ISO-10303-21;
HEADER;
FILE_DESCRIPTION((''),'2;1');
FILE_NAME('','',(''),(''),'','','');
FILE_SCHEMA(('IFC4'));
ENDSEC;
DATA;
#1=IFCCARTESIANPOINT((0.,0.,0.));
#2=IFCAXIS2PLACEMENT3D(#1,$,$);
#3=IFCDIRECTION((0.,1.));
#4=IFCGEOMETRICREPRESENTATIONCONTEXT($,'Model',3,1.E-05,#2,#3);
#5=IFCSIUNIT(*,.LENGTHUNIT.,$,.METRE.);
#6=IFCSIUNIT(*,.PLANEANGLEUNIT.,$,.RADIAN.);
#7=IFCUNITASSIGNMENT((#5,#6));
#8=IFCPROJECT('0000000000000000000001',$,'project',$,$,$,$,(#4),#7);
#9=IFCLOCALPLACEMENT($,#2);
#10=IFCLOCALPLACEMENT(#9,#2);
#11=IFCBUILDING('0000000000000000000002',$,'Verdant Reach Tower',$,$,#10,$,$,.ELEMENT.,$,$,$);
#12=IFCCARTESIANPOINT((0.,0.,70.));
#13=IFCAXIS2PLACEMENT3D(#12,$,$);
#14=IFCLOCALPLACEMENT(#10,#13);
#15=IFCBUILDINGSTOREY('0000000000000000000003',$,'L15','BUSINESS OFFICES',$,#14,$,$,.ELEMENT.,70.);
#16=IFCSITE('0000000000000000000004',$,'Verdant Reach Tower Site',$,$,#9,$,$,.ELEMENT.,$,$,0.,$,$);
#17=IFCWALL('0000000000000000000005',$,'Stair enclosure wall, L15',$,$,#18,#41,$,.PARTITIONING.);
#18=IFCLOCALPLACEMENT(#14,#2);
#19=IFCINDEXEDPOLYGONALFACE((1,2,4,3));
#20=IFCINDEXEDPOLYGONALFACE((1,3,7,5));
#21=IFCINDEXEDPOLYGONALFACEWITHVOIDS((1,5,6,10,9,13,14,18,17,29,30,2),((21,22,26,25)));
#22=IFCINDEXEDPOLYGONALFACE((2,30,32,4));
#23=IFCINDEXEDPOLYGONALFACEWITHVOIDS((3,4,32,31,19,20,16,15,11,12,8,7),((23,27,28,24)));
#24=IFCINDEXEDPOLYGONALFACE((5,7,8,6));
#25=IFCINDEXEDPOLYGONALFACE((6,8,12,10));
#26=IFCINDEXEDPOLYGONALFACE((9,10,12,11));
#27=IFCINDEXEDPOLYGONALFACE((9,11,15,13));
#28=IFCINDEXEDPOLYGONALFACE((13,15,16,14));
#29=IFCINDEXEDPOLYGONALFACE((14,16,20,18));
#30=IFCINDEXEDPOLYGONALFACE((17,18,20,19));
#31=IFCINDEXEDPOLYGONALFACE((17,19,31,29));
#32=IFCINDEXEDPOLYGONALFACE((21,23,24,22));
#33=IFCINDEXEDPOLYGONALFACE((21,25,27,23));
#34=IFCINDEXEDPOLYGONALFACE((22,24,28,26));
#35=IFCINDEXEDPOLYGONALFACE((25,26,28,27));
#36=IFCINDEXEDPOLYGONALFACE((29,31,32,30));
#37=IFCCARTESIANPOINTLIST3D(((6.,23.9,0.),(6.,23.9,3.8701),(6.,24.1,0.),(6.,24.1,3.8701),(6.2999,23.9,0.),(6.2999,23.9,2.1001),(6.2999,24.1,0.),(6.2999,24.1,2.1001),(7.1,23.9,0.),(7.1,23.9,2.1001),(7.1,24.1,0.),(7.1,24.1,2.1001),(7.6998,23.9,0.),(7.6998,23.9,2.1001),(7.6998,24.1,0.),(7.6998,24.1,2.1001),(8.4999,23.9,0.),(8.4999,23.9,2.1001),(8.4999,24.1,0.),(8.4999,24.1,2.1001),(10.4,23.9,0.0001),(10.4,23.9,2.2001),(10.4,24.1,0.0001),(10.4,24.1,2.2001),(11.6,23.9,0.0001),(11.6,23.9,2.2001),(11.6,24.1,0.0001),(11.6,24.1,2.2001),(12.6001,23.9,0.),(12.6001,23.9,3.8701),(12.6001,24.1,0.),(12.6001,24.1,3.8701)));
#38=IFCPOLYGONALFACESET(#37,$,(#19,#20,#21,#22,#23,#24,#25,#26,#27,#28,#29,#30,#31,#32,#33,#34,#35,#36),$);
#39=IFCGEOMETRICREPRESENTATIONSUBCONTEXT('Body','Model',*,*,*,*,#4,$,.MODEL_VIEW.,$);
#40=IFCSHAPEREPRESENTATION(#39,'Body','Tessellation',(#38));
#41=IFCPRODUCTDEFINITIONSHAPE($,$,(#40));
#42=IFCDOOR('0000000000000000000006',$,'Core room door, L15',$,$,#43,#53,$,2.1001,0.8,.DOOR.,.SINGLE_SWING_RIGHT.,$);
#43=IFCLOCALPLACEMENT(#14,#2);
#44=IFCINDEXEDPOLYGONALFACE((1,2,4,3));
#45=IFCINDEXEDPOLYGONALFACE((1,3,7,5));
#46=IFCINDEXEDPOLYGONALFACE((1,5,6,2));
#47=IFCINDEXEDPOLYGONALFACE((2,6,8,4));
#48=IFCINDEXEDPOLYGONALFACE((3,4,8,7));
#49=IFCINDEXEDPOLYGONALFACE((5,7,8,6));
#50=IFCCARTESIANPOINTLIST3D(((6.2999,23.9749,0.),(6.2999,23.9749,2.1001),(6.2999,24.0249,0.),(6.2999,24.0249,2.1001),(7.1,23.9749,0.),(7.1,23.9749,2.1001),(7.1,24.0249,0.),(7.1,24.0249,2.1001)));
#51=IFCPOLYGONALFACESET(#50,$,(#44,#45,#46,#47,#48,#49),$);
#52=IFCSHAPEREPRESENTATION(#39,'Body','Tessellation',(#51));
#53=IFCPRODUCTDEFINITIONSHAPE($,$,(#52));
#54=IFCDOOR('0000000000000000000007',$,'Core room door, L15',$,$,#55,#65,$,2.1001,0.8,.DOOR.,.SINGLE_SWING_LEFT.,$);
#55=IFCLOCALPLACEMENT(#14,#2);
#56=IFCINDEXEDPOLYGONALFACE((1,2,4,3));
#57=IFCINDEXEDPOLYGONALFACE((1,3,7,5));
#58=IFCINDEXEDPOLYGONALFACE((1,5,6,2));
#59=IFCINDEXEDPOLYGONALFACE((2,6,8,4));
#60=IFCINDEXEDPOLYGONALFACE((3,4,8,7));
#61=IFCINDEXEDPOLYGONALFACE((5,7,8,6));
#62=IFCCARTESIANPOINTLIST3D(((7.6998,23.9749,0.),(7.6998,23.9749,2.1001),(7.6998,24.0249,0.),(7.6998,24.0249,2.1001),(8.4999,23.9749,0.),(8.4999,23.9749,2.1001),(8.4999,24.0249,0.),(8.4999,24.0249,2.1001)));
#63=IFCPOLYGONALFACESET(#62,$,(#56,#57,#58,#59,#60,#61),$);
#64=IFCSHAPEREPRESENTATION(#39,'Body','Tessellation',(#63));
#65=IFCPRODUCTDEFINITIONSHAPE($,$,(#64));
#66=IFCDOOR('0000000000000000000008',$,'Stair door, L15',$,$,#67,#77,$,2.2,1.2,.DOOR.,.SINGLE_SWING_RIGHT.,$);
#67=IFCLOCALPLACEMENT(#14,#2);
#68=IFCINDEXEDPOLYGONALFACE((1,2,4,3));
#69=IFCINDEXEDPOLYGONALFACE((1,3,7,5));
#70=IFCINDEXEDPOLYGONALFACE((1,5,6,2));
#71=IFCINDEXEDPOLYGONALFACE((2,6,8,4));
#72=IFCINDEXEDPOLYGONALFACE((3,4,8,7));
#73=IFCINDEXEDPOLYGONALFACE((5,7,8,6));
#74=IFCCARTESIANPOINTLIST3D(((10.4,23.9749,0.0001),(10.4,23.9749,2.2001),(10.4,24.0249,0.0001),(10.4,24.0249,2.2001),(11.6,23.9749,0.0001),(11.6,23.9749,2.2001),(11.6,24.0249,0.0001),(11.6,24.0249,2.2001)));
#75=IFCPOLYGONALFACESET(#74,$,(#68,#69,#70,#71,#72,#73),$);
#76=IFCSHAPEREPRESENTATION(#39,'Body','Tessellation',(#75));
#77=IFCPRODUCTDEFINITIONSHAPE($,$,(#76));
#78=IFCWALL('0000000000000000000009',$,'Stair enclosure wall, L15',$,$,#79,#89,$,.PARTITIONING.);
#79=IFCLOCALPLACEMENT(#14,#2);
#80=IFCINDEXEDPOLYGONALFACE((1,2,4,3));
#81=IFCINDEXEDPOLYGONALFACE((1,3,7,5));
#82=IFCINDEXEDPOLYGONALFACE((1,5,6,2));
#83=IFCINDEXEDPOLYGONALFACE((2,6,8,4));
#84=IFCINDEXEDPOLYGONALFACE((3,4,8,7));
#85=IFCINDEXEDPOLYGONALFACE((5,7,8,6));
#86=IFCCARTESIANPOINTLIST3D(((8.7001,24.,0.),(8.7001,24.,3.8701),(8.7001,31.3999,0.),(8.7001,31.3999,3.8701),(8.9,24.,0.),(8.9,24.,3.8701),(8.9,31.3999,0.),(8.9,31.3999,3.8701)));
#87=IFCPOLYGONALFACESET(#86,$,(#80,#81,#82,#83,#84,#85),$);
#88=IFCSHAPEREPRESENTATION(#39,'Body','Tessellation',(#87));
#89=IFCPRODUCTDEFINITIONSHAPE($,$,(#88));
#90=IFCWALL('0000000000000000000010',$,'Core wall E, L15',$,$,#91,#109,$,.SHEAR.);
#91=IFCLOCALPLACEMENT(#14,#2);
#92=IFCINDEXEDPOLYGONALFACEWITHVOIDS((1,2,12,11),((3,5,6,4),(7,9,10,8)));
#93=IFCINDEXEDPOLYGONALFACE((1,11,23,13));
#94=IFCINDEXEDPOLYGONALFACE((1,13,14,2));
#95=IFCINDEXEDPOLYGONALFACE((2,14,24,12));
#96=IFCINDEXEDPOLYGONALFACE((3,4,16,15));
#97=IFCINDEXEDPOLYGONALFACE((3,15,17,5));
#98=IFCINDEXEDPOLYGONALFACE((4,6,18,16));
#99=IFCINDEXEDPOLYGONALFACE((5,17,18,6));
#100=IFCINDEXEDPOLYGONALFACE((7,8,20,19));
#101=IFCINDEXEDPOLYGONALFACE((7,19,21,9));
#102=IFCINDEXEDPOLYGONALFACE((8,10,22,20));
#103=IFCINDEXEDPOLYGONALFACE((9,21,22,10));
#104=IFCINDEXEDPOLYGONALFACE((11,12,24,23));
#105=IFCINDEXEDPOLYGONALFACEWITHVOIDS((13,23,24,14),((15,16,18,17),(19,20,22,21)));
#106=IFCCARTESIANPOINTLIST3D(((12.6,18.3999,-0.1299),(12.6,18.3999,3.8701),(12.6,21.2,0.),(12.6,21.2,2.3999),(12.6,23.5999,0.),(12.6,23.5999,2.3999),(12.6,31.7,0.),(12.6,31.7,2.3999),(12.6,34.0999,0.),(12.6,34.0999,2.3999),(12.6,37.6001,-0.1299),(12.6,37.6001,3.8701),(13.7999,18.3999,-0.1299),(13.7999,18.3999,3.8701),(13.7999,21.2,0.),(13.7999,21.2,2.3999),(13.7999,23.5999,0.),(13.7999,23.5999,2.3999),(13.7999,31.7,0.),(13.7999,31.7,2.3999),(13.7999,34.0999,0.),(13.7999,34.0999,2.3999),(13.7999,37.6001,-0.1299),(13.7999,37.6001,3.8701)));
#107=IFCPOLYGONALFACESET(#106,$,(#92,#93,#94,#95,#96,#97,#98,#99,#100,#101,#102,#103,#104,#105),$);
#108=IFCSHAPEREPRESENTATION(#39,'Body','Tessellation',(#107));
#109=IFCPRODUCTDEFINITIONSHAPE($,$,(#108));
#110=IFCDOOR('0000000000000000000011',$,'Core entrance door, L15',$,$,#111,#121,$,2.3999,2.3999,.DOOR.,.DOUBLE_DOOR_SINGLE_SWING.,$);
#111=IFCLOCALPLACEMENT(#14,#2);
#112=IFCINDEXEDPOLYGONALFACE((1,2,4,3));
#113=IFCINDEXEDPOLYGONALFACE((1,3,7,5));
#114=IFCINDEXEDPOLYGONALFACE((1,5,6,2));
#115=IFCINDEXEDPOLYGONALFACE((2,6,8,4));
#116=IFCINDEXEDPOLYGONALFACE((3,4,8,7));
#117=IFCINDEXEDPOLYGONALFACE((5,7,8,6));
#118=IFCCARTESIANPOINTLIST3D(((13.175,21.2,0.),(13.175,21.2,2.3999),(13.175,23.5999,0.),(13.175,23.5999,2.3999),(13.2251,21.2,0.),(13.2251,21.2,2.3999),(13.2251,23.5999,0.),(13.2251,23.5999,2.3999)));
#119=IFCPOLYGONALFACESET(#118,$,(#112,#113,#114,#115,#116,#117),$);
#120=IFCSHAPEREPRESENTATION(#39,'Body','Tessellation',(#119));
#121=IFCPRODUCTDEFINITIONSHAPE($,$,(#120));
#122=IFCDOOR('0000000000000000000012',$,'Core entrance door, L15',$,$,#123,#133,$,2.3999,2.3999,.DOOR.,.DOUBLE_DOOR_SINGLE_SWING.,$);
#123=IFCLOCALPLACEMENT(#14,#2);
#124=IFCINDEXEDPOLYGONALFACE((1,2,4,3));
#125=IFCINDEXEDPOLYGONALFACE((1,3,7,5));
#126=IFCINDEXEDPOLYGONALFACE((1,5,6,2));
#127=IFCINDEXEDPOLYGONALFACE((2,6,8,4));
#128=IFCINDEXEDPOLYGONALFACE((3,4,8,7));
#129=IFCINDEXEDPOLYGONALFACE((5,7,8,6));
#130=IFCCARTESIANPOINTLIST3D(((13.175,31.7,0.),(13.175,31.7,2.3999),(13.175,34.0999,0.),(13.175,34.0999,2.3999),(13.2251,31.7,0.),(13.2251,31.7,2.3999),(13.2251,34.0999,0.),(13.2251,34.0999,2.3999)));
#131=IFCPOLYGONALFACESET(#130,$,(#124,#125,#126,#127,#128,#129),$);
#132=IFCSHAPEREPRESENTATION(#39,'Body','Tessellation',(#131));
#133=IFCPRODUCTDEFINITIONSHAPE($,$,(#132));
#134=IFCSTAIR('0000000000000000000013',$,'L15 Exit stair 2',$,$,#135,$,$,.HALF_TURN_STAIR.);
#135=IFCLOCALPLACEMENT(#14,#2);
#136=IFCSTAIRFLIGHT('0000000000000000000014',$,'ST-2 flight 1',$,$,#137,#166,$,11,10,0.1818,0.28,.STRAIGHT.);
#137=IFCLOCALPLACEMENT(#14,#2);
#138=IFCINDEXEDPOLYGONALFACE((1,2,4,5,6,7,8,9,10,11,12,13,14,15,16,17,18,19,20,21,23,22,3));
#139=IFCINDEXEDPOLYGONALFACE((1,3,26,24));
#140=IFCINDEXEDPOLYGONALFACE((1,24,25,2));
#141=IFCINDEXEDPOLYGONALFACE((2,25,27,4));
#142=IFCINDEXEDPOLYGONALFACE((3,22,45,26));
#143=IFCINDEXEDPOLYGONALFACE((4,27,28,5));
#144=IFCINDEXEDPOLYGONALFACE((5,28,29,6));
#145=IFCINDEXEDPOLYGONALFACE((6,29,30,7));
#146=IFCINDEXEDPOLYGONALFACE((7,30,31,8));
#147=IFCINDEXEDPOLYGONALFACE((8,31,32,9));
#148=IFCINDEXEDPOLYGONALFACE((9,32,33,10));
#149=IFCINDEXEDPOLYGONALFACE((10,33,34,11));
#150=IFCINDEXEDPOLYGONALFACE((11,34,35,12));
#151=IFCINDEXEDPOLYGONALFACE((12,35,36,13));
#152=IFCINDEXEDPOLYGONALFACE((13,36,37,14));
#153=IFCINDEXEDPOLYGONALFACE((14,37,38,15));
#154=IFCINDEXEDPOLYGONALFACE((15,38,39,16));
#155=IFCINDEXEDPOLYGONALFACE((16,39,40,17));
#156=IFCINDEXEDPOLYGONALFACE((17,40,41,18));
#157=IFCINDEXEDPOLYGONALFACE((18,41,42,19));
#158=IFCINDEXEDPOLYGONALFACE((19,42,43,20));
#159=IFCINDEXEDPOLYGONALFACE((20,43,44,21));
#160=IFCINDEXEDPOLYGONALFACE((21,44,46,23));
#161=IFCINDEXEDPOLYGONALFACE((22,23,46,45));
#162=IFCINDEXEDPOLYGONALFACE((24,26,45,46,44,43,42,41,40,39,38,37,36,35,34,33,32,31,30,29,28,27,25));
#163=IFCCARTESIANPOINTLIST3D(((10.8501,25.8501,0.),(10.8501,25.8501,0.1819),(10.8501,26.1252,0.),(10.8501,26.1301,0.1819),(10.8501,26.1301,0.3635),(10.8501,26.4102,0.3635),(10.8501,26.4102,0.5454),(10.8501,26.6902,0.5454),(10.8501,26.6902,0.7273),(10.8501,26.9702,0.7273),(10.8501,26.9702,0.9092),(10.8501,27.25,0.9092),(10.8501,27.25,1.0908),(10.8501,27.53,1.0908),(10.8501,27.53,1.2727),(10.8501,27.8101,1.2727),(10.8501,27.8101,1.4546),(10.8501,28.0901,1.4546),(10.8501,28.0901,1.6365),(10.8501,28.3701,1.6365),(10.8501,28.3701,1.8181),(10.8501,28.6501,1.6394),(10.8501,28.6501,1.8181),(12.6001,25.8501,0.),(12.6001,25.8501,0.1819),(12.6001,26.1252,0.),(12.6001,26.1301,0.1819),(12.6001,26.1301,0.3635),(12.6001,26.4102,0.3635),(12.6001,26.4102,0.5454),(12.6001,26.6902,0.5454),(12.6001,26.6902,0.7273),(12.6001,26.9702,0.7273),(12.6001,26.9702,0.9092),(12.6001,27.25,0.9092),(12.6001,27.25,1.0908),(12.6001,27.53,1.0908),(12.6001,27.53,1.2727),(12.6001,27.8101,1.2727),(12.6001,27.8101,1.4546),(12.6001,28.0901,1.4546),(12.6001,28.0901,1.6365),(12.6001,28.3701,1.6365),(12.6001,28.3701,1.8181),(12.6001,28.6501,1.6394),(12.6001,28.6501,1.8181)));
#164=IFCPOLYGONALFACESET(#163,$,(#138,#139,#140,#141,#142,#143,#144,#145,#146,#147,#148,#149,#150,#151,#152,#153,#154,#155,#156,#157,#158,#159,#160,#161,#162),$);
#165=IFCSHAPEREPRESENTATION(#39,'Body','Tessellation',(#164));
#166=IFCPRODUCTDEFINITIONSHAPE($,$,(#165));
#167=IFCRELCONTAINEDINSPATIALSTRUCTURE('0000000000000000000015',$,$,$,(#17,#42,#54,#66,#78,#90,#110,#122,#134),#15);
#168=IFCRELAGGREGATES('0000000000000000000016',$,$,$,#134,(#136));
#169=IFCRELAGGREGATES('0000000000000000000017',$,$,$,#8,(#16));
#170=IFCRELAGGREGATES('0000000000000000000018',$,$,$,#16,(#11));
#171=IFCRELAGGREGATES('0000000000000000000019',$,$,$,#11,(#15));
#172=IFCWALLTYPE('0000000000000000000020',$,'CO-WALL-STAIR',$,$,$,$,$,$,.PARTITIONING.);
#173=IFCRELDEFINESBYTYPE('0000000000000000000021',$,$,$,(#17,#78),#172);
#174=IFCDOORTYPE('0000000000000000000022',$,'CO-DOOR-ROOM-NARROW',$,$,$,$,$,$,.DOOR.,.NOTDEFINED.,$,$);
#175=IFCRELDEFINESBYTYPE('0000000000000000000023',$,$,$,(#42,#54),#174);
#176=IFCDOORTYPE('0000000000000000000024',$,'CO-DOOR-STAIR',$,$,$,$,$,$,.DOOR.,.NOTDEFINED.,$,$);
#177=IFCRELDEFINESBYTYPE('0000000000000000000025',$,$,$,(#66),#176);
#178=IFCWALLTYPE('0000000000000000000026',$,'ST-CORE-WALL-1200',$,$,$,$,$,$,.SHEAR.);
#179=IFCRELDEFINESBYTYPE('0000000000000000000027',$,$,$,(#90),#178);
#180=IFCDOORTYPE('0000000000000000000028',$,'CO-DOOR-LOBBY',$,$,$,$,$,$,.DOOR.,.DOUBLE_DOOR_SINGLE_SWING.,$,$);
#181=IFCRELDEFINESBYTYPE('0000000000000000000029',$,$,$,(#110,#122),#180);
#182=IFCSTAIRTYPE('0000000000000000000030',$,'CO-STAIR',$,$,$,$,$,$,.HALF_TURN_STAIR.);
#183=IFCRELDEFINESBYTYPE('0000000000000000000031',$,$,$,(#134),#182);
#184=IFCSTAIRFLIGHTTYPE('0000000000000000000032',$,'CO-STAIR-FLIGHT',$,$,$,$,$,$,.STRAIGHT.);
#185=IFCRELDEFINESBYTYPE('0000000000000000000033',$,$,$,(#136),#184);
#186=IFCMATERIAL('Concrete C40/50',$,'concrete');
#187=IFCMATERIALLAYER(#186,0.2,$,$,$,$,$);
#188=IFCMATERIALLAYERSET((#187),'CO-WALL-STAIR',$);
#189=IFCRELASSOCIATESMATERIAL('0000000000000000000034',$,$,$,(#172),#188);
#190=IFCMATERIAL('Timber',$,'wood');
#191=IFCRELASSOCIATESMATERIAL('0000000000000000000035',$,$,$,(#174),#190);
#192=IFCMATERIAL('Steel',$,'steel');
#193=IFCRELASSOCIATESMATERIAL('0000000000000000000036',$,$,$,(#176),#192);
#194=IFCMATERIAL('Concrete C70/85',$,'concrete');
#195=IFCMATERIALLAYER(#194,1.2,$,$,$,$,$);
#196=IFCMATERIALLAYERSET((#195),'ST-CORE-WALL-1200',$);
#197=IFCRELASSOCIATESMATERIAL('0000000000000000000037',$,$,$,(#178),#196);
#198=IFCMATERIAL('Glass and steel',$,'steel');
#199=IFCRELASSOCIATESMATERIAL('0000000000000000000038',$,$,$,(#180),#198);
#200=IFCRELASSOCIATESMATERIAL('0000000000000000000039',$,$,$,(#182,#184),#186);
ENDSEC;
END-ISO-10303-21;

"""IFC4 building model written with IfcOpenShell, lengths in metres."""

from ifc_helpers import new_model, si_unit, direction, frame, frame_2d, origin, place, context, subcontext, project, spatial, polyline, rectangle, outline, extrude, material, layer, layer_set, type_object, element, fill, aggregate, save


model = new_model("IFC4")

# Units and contexts
model_context = context("Model", 3, precision=1e-05, world=origin(), true_north=direction((0.0, 1.0)))
body_context = subcontext(model_context, "Body", "Model", "MODEL_VIEW")
ifc_project = project(units=[si_unit("LENGTHUNIT", "METRE"), si_unit("PLANEANGLEUNIT", "RADIAN")], contexts=[model_context])

# Site, building, storey
site_placement = place(None, origin())
site = spatial("IfcSite", under=ifc_project, at=site_placement, Name="Verdant Reach Tower Site", CompositionType="ELEMENT", RefElevation=0.0)
building_placement = place(site_placement, origin())
building = spatial("IfcBuilding", under=site, at=building_placement, Name="Verdant Reach Tower", CompositionType="ELEMENT")
storey_placement = place(building_placement, frame((0.0, 0.0, 70.0)))
storey = spatial("IfcBuildingStorey", under=building, at=storey_placement, Name="L15", Description="BUSINESS OFFICES", CompositionType="ELEMENT", Elevation=70.0)

# Shared definitions
ifc_material_1 = material(Name="Timber", Category="wood")

# Shared definitions
ifc_material_2 = material(Name="Concrete C40/50", Category="concrete")

# Wall, openings, doors
ifc_layer_1 = layer(ifc_material_2, 0.2)
ifc_layer_set_1 = layer_set([ifc_layer_1], Name="CO-WALL-STAIR")
wall_type_1 = type_object("IfcWallType", Name="CO-WALL-STAIR", PredefinedType="PARTITIONING", material=ifc_layer_set_1)
wall_1_placement = place(storey_placement, frame((6.0, 24.0, 0.0), z_axis=(0.0, 0.0, 1.0), x_axis=(1.0, 0.0, 0.0)))
wall_1 = element("IfcWall", 1, at=wall_1_placement, inside=storey, type_object=wall_type_1, Name="Stair enclosure wall, L15", PredefinedType="PARTITIONING", context=body_context, shape_type="SweptSolid", body=[
    extrude(rectangle(XDim=6.6001, YDim=0.2, at=frame_2d((3.3, 0.0))), origin(), (0.0, 0.0, 1.0), 3.8701),
])
opening_1_placement = place(wall_1_placement, frame((0.3, 0.0, 0.0)))
opening_1 = element("IfcOpeningElement", 2, at=opening_1_placement, cuts=wall_1, PredefinedType="OPENING", context=body_context, shape_type="SweptSolid", body=[
    extrude(rectangle(XDim=0.8, YDim=2.1001, at=frame_2d((0.3999, 1.05))), frame((0.0, 0.1099, 0.0), z_axis=(0.0, -1.0, 0.0), x_axis=(1.0, 0.0, 0.0)), (0.0, 0.0, 1.0), 0.22),
])
opening_2_placement = place(wall_1_placement, frame((1.7, 0.0, 0.0)))
opening_2 = element("IfcOpeningElement", 3, at=opening_2_placement, cuts=wall_1, PredefinedType="OPENING", context=body_context, shape_type="SweptSolid", body=[
    extrude(rectangle(XDim=0.8, YDim=2.1001, at=frame_2d((0.3999, 1.05))), frame((0.0, 0.1099, 0.0), z_axis=(0.0, -1.0, 0.0), x_axis=(1.0, 0.0, 0.0)), (0.0, 0.0, 1.0), 0.22),
])
opening_3_placement = place(wall_1_placement, frame((4.3999, 0.0, 0.0)))
opening_3 = element("IfcOpeningElement", 4, at=opening_3_placement, cuts=wall_1, PredefinedType="OPENING", context=body_context, shape_type="SweptSolid", body=[
    extrude(rectangle(XDim=1.2, YDim=2.2, at=frame_2d((0.6001, 1.1001))), frame((0.0, 0.1099, 0.0), z_axis=(0.0, -1.0, 0.0), x_axis=(1.0, 0.0, 0.0)), (0.0, 0.0, 1.0), 0.22),
])
door_type_1 = type_object("IfcDoorType", Name="CO-DOOR-ROOM-NARROW", OperationType="NOTDEFINED", PredefinedType="DOOR", material=ifc_material_1)
door_1_placement = place(opening_1_placement, origin())
door_1 = element("IfcDoor", 5, at=door_1_placement, inside=storey, type_object=door_type_1, Name="Core room door, L15", OperationType="SINGLE_SWING_RIGHT", OverallHeight=2.1001, OverallWidth=0.8, PredefinedType="DOOR", context=body_context, shape_type="SweptSolid", body=[
    extrude(rectangle(XDim=0.8, YDim=2.1001, at=frame_2d((0.3999, 1.05))), frame((0.0, 0.0249, 0.0), z_axis=(0.0, -1.0, 0.0), x_axis=(1.0, 0.0, 0.0)), (0.0, 0.0, 1.0), 0.05),
])
fill(opening_1, door_1)
door_2_placement = place(opening_2_placement, origin())
door_2 = element("IfcDoor", 6, at=door_2_placement, inside=storey, type_object=door_type_1, Name="Core room door, L15", OperationType="SINGLE_SWING_LEFT", OverallHeight=2.1001, OverallWidth=0.8, PredefinedType="DOOR", context=body_context, shape_type="SweptSolid", body=[
    extrude(rectangle(XDim=0.8, YDim=2.1001, at=frame_2d((0.3999, 1.05))), frame((0.0, 0.0249, 0.0), z_axis=(0.0, -1.0, 0.0), x_axis=(1.0, 0.0, 0.0)), (0.0, 0.0, 1.0), 0.05),
])
fill(opening_2, door_2)
ifc_material_3 = material(Name="Steel", Category="steel")
door_type_2 = type_object("IfcDoorType", Name="CO-DOOR-STAIR", OperationType="NOTDEFINED", PredefinedType="DOOR", material=ifc_material_3)
door_3_placement = place(opening_3_placement, origin())
door_3 = element("IfcDoor", 7, at=door_3_placement, inside=storey, type_object=door_type_2, Name="Stair door, L15", OperationType="SINGLE_SWING_RIGHT", OverallHeight=2.2, OverallWidth=1.2, PredefinedType="DOOR", context=body_context, shape_type="SweptSolid", body=[
    extrude(rectangle(XDim=1.2, YDim=2.2, at=frame_2d((0.6001, 1.1001))), frame((0.0, 0.0249, 0.0), z_axis=(0.0, -1.0, 0.0), x_axis=(1.0, 0.0, 0.0)), (0.0, 0.0, 1.0), 0.05),
])
fill(opening_3, door_3)

# Wall
wall_2_placement = place(storey_placement, frame((8.8, 24.0, 0.0), z_axis=(0.0, 0.0, 1.0), x_axis=(0.0, 1.0, 0.0)))
element("IfcWall", 8, at=wall_2_placement, inside=storey, type_object=wall_type_1, Name="Stair enclosure wall, L15", PredefinedType="PARTITIONING", context=body_context, shape_type="SweptSolid", body=[
    extrude(rectangle(XDim=7.3999, YDim=0.2, at=frame_2d((3.7, 0.0))), origin(), (0.0, 0.0, 1.0), 3.8701),
])

# Wall, openings, doors
ifc_material_4 = material(Name="Concrete C70/85", Category="concrete")
ifc_layer_2 = layer(ifc_material_4, 1.2)
ifc_layer_set_2 = layer_set([ifc_layer_2], Name="ST-CORE-WALL-1200")
wall_type_2 = type_object("IfcWallType", Name="ST-CORE-WALL-1200", PredefinedType="SHEAR", material=ifc_layer_set_2)
wall_3_placement = place(storey_placement, frame((13.2, 18.3999, -0.1299), z_axis=(0.0, 0.0, 1.0), x_axis=(0.0, 1.0, 0.0)))
wall_3 = element("IfcWall", 9, at=wall_3_placement, inside=storey, type_object=wall_type_2, Name="Core wall E, L15", PredefinedType="SHEAR", context=body_context, shape_type="SweptSolid", body=[
    extrude(rectangle(XDim=19.2002, YDim=1.2, at=frame_2d((9.6001, 0.0))), origin(), (0.0, 0.0, 1.0), 4.0),
])
opening_4_placement = place(wall_3_placement, frame((2.8, 0.0, 0.1299)))
opening_4 = element("IfcOpeningElement", 10, at=opening_4_placement, cuts=wall_3, PredefinedType="OPENING", context=body_context, shape_type="SweptSolid", body=[
    extrude(rectangle(XDim=2.3999, YDim=2.3999, at=frame_2d((1.2, 1.2))), frame((0.0, 0.6099, 0.0), z_axis=(0.0, -1.0, 0.0), x_axis=(1.0, 0.0, 0.0)), (0.0, 0.0, 1.0), 1.22),
])
opening_5_placement = place(wall_3_placement, frame((13.3, 0.0, 0.1299)))
opening_5 = element("IfcOpeningElement", 11, at=opening_5_placement, cuts=wall_3, PredefinedType="OPENING", context=body_context, shape_type="SweptSolid", body=[
    extrude(rectangle(XDim=2.3999, YDim=2.3999, at=frame_2d((1.2, 1.2))), frame((0.0, 0.6099, 0.0), z_axis=(0.0, -1.0, 0.0), x_axis=(1.0, 0.0, 0.0)), (0.0, 0.0, 1.0), 1.22),
])
ifc_material_5 = material(Name="Glass and steel", Category="steel")
door_type_3 = type_object("IfcDoorType", Name="CO-DOOR-LOBBY", OperationType="DOUBLE_DOOR_SINGLE_SWING", PredefinedType="DOOR", material=ifc_material_5)
door_4_placement = place(opening_4_placement, origin())
door_4 = element("IfcDoor", 12, at=door_4_placement, inside=storey, type_object=door_type_3, Name="Core entrance door, L15", OperationType="DOUBLE_DOOR_SINGLE_SWING", OverallHeight=2.3999, OverallWidth=2.3999, PredefinedType="DOOR", context=body_context, shape_type="SweptSolid", body=[
    extrude(rectangle(XDim=2.3999, YDim=2.3999, at=frame_2d((1.2, 1.2))), frame((0.0, 0.0249, 0.0), z_axis=(0.0, -1.0, 0.0), x_axis=(1.0, 0.0, 0.0)), (0.0, 0.0, 1.0), 0.05),
])
fill(opening_4, door_4)
door_5_placement = place(opening_5_placement, origin())
door_5 = element("IfcDoor", 13, at=door_5_placement, inside=storey, type_object=door_type_3, Name="Core entrance door, L15", OperationType="DOUBLE_DOOR_SINGLE_SWING", OverallHeight=2.3999, OverallWidth=2.3999, PredefinedType="DOOR", context=body_context, shape_type="SweptSolid", body=[
    extrude(rectangle(XDim=2.3999, YDim=2.3999, at=frame_2d((1.2, 1.2))), frame((0.0, 0.0249, 0.0), z_axis=(0.0, -1.0, 0.0), x_axis=(1.0, 0.0, 0.0)), (0.0, 0.0, 1.0), 0.05),
])
fill(opening_5, door_5)

# Stair, stair flight
stair_type = type_object("IfcStairType", Name="CO-STAIR", PredefinedType="HALF_TURN_STAIR", material=ifc_material_2)
stair_placement = place(storey_placement, origin())
stair = element("IfcStair", 14, at=stair_placement, inside=storey, type_object=stair_type, Name="L15 Exit stair 2", PredefinedType="HALF_TURN_STAIR")
stair_flight_type = type_object("IfcStairFlightType", Name="CO-STAIR-FLIGHT", PredefinedType="STRAIGHT", material=ifc_material_2)
stair_flight_placement = place(storey_placement, frame((11.7251, 25.8501, 0.0), z_axis=(0.0, 0.0, 1.0), x_axis=(0.0, 1.0, 0.0)))
stair_flight = element("IfcStairFlight", 15, at=stair_flight_placement, type_object=stair_flight_type, Name="ST-2 flight 1", NumberOfRisers=11, NumberOfTreads=10, PredefinedType="STRAIGHT", RiserHeight=0.1818, TreadLength=0.28, context=body_context, shape_type="SweptSolid", body=[
    extrude(outline(polyline([(0.0, 0.0), (0.0, 0.1819), (0.28, 0.1819), (0.28, 0.3635), (0.5601, 0.3635), (0.5601, 0.5454), (0.8401, 0.5454), (0.8401, 0.7273), (1.1201, 0.7273), (1.1201, 0.9092), (1.3999, 0.9092), (1.3999, 1.0908), (1.6799, 1.0908), (1.6799, 1.2727), (1.96, 1.2727), (1.96, 1.4546), (2.24, 1.4546), (2.24, 1.6365), (2.52, 1.6365), (2.52, 1.8181), (2.8, 1.8181), (2.8, 2.0), (2.8, 1.6394), (0.2751, 0.0), (0.0, 0.0)])), frame((0.0, 0.875, 0.0), z_axis=(0.0, -1.0, 0.0), x_axis=(1.0, 0.0, 0.0)), (0.0, 0.0, 1.0), 1.75),
])
aggregate(stair, [stair_flight])

save(model, "model.ifc")
